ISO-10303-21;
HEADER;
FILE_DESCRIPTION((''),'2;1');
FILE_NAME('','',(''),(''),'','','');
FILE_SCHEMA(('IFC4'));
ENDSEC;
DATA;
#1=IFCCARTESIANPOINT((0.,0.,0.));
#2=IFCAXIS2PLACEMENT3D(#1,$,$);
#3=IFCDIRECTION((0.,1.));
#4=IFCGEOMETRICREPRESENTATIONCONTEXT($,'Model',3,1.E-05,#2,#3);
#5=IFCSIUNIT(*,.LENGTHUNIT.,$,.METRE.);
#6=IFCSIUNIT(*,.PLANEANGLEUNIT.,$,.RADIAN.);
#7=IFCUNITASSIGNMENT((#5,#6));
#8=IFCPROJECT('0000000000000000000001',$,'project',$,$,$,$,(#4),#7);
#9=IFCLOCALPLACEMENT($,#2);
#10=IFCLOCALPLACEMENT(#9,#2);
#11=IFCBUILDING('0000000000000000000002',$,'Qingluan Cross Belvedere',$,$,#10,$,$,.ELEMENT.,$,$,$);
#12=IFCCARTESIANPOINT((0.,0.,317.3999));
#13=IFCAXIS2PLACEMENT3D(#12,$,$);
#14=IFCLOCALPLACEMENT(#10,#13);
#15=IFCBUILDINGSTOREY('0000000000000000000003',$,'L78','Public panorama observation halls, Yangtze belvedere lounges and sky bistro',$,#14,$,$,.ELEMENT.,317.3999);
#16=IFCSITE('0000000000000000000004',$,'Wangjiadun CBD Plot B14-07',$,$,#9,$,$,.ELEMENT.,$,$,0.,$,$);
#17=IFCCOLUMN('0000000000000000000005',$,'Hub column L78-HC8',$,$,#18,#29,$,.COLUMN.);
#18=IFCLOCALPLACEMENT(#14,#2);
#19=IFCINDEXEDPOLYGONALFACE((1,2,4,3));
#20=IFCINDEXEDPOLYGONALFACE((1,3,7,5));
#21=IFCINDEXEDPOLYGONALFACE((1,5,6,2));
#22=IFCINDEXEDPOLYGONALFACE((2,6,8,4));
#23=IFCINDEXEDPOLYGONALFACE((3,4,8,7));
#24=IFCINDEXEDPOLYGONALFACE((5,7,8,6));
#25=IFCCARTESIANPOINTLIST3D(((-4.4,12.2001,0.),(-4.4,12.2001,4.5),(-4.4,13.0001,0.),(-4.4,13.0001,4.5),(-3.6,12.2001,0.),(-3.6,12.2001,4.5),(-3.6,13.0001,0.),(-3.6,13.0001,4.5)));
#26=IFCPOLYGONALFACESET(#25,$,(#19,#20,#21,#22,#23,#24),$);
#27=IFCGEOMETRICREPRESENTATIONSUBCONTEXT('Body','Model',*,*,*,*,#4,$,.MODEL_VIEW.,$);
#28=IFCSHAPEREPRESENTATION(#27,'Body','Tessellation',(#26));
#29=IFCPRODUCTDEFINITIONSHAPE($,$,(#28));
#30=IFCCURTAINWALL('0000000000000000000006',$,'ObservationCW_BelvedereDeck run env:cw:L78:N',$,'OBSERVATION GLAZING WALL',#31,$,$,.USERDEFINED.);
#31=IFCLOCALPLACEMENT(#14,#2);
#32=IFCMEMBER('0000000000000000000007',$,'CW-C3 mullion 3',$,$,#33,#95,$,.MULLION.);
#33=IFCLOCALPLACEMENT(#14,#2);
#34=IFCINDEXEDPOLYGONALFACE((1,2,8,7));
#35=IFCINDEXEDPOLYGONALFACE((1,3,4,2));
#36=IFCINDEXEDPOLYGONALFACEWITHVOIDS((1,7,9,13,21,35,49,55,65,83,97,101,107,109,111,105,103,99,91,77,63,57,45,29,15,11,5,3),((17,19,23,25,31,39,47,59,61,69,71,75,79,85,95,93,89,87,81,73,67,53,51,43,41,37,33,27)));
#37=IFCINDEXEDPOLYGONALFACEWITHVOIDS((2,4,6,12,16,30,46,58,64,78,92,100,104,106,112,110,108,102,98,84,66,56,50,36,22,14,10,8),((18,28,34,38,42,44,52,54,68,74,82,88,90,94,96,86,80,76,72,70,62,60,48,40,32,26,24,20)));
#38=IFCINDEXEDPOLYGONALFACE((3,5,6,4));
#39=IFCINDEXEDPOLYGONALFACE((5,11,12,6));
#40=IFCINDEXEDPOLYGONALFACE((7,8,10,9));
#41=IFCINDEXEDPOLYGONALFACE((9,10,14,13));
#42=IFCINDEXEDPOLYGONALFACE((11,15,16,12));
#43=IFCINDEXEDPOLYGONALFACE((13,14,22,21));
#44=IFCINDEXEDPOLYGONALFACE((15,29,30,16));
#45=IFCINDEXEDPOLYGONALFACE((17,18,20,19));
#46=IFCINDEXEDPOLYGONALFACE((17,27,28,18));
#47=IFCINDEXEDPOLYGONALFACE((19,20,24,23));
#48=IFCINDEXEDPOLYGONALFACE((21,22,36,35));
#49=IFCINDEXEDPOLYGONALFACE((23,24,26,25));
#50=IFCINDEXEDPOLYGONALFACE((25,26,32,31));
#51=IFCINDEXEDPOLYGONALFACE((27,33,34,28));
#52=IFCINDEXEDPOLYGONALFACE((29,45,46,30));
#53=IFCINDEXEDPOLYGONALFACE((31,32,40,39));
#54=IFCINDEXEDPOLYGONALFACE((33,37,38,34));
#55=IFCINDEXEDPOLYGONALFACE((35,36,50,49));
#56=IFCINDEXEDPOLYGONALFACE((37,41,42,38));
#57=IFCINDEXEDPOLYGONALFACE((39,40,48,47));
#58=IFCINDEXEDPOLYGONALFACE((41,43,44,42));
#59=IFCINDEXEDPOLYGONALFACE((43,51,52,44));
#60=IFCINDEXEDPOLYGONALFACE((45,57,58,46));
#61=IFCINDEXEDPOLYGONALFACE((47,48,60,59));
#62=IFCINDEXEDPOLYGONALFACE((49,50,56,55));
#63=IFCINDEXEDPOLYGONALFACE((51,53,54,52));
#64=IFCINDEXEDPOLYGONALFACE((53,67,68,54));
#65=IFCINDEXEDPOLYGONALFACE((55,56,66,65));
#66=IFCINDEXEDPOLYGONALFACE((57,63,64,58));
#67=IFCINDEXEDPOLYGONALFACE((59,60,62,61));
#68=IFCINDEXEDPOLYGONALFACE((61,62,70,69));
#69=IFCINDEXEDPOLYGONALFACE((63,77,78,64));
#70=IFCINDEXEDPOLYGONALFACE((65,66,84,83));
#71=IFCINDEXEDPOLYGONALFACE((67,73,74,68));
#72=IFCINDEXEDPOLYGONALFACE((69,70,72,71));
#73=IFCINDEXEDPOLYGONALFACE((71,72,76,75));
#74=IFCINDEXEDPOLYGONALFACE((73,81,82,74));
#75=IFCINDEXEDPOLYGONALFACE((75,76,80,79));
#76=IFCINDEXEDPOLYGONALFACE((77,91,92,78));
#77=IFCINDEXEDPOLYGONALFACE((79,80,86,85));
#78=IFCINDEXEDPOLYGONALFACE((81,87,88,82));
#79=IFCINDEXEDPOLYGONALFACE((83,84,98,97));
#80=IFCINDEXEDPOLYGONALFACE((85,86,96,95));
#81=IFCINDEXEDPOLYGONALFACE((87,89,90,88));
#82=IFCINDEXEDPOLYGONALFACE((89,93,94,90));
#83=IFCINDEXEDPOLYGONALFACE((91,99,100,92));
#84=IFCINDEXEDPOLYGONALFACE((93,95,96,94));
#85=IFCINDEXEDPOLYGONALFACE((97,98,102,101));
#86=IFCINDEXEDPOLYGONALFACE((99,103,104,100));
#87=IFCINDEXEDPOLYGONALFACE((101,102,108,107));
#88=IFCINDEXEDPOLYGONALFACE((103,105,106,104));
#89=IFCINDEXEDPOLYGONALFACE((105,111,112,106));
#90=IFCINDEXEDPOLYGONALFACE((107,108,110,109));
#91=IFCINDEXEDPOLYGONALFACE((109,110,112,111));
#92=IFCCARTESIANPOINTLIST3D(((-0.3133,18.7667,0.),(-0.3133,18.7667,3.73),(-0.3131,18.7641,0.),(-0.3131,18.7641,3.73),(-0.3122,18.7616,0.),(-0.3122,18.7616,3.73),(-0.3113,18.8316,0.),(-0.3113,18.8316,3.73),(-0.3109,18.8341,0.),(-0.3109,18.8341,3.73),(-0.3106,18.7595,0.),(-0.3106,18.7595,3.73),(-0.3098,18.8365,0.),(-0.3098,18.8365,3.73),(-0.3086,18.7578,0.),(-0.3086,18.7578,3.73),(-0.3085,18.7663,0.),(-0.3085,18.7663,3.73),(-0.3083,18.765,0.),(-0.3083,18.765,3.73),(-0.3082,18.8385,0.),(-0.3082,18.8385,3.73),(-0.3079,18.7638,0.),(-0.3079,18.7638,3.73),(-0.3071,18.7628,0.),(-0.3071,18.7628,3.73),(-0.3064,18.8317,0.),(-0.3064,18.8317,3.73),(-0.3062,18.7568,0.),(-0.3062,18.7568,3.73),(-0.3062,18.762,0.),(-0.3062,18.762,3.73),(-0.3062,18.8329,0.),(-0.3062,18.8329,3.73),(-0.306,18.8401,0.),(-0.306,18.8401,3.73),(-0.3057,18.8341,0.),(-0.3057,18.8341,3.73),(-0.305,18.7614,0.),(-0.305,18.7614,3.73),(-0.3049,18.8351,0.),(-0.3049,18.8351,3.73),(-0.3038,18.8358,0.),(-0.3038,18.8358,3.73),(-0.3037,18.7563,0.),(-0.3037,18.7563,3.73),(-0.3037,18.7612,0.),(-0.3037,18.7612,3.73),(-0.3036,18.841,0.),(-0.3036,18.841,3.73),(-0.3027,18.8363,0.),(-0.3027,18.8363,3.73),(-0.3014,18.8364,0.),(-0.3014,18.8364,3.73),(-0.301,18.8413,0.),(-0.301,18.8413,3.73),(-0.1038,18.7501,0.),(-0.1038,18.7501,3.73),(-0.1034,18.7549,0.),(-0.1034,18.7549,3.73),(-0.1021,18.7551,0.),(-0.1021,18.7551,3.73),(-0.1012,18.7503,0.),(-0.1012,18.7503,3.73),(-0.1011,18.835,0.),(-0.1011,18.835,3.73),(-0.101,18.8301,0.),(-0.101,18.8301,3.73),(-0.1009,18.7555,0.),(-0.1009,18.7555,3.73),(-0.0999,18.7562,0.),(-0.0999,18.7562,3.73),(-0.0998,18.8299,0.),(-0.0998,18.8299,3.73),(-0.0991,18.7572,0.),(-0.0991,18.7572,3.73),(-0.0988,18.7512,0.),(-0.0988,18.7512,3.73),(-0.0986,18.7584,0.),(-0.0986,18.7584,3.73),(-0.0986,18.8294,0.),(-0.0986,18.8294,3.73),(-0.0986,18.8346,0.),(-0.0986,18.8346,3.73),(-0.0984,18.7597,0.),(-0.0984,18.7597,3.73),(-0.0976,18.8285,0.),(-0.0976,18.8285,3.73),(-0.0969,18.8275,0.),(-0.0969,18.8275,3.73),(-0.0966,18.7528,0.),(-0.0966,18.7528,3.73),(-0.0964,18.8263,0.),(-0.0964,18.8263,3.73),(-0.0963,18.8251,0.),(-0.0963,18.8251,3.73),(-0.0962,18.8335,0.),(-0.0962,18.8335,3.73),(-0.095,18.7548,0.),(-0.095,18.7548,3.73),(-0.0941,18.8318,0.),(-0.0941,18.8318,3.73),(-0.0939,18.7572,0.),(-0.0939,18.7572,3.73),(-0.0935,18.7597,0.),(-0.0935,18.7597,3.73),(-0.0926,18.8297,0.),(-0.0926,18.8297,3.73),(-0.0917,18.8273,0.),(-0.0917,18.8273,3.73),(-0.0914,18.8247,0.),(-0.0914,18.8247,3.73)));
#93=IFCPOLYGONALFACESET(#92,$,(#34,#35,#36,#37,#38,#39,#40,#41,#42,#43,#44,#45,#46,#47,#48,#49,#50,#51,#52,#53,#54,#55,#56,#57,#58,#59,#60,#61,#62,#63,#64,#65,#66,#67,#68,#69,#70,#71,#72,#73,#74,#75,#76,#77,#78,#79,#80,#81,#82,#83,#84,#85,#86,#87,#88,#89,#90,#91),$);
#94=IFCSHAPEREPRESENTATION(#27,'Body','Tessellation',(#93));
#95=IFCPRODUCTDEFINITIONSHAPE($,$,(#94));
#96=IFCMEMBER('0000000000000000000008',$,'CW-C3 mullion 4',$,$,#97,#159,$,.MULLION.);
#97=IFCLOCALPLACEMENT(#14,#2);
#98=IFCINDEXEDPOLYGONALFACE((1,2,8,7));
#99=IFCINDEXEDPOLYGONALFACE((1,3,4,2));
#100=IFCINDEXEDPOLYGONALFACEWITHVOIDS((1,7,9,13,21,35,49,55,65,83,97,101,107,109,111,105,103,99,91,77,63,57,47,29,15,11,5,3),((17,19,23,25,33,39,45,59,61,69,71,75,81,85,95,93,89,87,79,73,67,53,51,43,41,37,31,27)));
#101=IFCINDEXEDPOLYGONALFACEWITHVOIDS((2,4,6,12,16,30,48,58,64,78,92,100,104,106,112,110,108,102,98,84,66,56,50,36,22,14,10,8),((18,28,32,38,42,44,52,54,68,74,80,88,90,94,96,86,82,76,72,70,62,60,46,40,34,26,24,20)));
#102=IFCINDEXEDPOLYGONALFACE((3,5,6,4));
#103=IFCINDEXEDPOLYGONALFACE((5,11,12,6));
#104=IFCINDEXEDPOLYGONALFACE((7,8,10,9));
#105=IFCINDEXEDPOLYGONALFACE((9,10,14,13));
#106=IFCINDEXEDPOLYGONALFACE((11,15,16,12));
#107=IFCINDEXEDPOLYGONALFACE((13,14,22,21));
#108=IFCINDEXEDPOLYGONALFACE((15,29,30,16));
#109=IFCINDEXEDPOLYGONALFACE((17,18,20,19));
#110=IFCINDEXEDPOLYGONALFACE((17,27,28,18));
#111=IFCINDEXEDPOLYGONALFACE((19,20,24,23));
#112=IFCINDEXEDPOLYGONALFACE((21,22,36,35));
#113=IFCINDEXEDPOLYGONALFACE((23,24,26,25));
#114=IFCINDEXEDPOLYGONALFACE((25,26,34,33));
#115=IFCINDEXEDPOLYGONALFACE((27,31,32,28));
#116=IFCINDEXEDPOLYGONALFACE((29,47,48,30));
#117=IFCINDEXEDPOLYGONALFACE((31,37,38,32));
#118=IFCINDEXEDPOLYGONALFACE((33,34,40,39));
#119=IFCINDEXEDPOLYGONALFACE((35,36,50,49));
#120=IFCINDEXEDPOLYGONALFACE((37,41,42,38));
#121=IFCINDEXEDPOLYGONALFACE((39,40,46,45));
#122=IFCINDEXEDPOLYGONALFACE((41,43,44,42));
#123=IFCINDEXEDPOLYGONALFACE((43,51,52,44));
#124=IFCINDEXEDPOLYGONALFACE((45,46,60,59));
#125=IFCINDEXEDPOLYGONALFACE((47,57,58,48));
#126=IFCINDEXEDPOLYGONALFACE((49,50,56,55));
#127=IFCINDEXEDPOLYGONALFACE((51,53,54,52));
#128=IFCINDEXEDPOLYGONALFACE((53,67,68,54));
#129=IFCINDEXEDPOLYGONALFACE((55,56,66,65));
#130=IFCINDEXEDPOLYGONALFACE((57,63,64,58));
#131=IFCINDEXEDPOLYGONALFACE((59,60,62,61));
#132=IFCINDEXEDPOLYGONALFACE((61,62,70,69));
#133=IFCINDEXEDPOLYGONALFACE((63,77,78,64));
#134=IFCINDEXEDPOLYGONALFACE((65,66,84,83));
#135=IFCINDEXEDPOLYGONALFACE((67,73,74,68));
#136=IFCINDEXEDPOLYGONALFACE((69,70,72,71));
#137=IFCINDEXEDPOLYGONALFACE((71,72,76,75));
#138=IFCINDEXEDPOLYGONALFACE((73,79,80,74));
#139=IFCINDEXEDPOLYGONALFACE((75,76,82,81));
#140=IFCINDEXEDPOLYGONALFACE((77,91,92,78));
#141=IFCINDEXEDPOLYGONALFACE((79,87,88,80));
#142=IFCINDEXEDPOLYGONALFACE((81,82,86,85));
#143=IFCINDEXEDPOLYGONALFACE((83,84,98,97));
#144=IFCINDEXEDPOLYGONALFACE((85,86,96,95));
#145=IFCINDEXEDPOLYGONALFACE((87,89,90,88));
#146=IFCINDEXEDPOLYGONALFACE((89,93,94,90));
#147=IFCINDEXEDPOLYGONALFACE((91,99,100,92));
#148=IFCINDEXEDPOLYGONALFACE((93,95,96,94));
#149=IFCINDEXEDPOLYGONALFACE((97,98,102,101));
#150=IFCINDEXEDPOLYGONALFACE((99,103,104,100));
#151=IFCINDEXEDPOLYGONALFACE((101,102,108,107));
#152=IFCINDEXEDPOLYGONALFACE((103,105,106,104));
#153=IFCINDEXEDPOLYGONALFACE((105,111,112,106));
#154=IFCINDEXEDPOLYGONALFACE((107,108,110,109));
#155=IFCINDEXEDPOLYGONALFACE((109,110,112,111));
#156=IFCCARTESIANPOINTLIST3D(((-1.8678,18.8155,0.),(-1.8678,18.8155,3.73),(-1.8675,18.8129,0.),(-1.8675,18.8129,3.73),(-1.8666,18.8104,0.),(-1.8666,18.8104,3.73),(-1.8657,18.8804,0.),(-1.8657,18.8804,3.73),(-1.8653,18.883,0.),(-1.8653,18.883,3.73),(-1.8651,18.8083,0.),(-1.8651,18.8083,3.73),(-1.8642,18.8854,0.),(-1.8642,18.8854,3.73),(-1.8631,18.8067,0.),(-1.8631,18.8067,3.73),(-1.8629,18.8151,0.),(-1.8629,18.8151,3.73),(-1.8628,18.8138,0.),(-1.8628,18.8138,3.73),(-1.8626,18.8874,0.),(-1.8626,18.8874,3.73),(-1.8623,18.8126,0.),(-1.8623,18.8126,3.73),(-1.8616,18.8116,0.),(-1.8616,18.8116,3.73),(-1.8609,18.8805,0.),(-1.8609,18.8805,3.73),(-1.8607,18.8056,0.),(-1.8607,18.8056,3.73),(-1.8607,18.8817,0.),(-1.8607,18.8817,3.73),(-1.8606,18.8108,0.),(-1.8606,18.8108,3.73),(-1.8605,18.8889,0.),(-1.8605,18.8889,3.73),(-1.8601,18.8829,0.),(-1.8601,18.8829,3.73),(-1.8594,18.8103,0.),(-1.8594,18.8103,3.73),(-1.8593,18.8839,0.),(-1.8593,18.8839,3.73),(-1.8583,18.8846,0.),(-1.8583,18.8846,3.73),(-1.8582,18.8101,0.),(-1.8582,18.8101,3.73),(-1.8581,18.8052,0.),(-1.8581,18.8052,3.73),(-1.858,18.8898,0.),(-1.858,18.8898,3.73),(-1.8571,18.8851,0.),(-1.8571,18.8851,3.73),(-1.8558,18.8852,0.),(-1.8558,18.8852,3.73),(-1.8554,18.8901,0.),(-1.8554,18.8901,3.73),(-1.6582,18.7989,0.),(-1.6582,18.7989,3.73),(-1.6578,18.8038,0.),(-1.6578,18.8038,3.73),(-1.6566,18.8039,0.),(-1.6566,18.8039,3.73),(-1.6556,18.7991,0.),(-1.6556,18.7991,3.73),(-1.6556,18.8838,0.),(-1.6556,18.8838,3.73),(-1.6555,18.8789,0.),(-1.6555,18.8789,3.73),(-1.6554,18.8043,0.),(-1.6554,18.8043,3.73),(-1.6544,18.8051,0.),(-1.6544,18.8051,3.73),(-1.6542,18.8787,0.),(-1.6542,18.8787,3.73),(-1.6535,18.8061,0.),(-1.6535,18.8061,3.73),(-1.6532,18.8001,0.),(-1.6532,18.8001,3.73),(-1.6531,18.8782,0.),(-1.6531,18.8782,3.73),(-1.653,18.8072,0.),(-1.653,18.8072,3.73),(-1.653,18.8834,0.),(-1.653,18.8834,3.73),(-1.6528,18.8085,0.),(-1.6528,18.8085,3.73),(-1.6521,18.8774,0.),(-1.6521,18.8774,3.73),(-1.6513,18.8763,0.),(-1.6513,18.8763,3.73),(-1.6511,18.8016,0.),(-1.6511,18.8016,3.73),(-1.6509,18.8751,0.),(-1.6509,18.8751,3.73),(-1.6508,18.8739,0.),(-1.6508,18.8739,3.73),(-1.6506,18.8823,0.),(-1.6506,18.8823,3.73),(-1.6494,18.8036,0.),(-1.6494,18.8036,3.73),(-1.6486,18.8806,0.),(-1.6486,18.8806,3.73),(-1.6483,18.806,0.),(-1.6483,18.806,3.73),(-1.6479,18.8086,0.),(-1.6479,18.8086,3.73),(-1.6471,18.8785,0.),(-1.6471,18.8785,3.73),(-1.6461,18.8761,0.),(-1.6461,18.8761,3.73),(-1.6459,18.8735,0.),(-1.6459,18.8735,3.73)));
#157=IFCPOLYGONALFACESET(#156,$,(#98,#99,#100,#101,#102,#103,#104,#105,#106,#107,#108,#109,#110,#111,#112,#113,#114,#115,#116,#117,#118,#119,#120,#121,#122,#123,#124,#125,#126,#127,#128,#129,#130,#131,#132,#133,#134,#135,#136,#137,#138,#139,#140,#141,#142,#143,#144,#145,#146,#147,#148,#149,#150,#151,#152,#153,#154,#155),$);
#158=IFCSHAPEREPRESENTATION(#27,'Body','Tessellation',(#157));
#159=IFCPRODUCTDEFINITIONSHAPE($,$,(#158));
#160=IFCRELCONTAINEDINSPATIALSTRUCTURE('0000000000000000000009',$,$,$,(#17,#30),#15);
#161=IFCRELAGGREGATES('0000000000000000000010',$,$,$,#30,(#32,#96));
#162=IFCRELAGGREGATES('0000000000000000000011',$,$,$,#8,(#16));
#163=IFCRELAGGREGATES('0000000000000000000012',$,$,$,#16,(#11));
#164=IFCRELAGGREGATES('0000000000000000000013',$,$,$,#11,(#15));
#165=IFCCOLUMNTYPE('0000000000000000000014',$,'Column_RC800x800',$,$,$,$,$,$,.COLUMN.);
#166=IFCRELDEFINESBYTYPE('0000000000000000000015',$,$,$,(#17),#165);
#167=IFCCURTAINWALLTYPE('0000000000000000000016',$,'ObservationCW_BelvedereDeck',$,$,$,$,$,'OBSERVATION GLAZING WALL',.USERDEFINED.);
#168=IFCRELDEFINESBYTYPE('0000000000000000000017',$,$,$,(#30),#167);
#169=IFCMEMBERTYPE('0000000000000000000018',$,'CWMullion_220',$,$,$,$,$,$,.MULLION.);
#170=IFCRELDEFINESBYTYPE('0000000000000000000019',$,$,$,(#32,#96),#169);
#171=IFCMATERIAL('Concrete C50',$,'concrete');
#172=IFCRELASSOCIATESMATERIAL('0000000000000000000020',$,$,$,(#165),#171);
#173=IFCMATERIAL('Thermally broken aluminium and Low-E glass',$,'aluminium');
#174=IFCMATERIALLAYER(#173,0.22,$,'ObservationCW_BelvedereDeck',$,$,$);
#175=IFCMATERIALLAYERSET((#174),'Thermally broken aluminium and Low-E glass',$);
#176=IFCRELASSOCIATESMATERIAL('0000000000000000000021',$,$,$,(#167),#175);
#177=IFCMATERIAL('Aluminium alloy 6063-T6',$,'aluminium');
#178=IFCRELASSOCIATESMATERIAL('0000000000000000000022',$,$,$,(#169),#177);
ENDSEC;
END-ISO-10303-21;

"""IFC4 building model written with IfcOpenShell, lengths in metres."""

from ifc_helpers import new_model, si_unit, direction, frame, origin, origin_2d, place, context, subcontext, project, spatial, rectangle, hollow_rectangle, extrude, material, layer, layer_set, material_profile, profile_set, type_object, element, aggregate, save


model = new_model("IFC4")

# Units and contexts
model_context = context("Model", 3, precision=1e-05, world=origin(), true_north=direction((0.0, 1.0)))
body_context = subcontext(model_context, "Body", "Model", "MODEL_VIEW")
ifc_project = project(units=[si_unit("LENGTHUNIT", "METRE"), si_unit("PLANEANGLEUNIT", "RADIAN")], contexts=[model_context])

# Site, building, storey
site_placement = place(None, origin())
site = spatial("IfcSite", under=ifc_project, at=site_placement, Name="Wangjiadun CBD Plot B14-07", CompositionType="ELEMENT", RefElevation=0.0)
building_placement = place(site_placement, origin())
building = spatial("IfcBuilding", under=site, at=building_placement, Name="Qingluan Cross Belvedere", CompositionType="ELEMENT")
storey_placement = place(building_placement, frame((0.0, 0.0, 317.3999)))
storey = spatial("IfcBuildingStorey", under=building, at=storey_placement, Name="L78", Description="Public panorama observation halls, Yangtze belvedere lounges and sky bistro", CompositionType="ELEMENT", Elevation=317.3999)

# Column
ifc_material_1 = material(Name="Concrete C50", Category="concrete")
ifc_material_profile_1 = material_profile(ifc_material_1, rectangle(XDim=0.8, YDim=0.8, at=origin_2d()), Name="RC800x800")
ifc_profile_set_1 = profile_set([ifc_material_profile_1], Name="Concrete C50")
column_type = type_object("IfcColumnType", Name="Column_RC800x800", PredefinedType="COLUMN", material=ifc_profile_set_1)
column_placement = place(storey_placement, frame((-4.0, 12.6001, 0.0), z_axis=(0.0, 0.0, 1.0), x_axis=(1.0, 0.0, 0.0)))
element("IfcColumn", 1, at=column_placement, inside=storey, type_object=column_type, Name="Hub column L78-HC8", PredefinedType="COLUMN", context=body_context, shape_type="SweptSolid", body=[
    extrude(rectangle(XDim=0.8, YDim=0.8, at=origin_2d()), origin(), (0.0, 0.0, 1.0), 4.5),
])

# Curtain wall, members
ifc_material_2 = material(Name="Thermally broken aluminium and Low-E glass", Category="aluminium")
ifc_layer_1 = layer(ifc_material_2, 0.22, Name="ObservationCW_BelvedereDeck")
ifc_layer_set_1 = layer_set([ifc_layer_1], Name="Thermally broken aluminium and Low-E glass")
curtain_wall_type = type_object("IfcCurtainWallType", Name="ObservationCW_BelvedereDeck", ElementType="OBSERVATION GLAZING WALL", PredefinedType="USERDEFINED", material=ifc_layer_set_1)
curtain_wall_placement = place(storey_placement, origin())
curtain_wall = element("IfcCurtainWall", 2, at=curtain_wall_placement, inside=storey, type_object=curtain_wall_type, Name="ObservationCW_BelvedereDeck run env:cw:L78:N", ObjectType="OBSERVATION GLAZING WALL", PredefinedType="USERDEFINED")
ifc_material_3 = material(Name="Aluminium alloy 6063-T6", Category="aluminium")
ifc_material_profile_2 = material_profile(ifc_material_3, hollow_rectangle(XDim=0.085, YDim=0.22, WallThickness=0.0049, InnerFilletRadius=0.0049, OuterFilletRadius=0.01, at=origin_2d()), Name="CWM220x85x5")
ifc_profile_set_2 = profile_set([ifc_material_profile_2], Name="Aluminium alloy 6063-T6")
member_type_1 = type_object("IfcMemberType", Name="CWMullion_220", PredefinedType="MULLION", material=ifc_profile_set_2)
member_1_placement = place(storey_placement, frame((-0.2024, 18.7957, 0.0), z_axis=(0.0, 0.0, 1.0), x_axis=(-0.031413, -0.999506, 0.0)))
member_1 = element("IfcMember", 3, at=member_1_placement, type_object=member_type_1, Name="CW-C3 mullion 3", PredefinedType="MULLION", context=body_context, shape_type="SweptSolid", body=[
    extrude(hollow_rectangle(XDim=0.085, YDim=0.22, WallThickness=0.0049, InnerFilletRadius=0.0049, OuterFilletRadius=0.01, at=origin_2d()), origin(), (0.0, 0.0, 1.0), 3.73),
])
member_2_placement = place(storey_placement, frame((-1.7568, 18.8445, 0.0), z_axis=(0.0, 0.0, 1.0), x_axis=(-0.031413, -0.999506, 0.0)))
member_2 = element("IfcMember", 4, at=member_2_placement, type_object=member_type_1, Name="CW-C3 mullion 4", PredefinedType="MULLION", context=body_context, shape_type="SweptSolid", body=[
    extrude(hollow_rectangle(XDim=0.085, YDim=0.22, WallThickness=0.0049, InnerFilletRadius=0.0049, OuterFilletRadius=0.01, at=origin_2d()), origin(), (0.0, 0.0, 1.0), 3.73),
])

aggregate(curtain_wall, [member_1, member_2])

save(model, "model.ifc")
